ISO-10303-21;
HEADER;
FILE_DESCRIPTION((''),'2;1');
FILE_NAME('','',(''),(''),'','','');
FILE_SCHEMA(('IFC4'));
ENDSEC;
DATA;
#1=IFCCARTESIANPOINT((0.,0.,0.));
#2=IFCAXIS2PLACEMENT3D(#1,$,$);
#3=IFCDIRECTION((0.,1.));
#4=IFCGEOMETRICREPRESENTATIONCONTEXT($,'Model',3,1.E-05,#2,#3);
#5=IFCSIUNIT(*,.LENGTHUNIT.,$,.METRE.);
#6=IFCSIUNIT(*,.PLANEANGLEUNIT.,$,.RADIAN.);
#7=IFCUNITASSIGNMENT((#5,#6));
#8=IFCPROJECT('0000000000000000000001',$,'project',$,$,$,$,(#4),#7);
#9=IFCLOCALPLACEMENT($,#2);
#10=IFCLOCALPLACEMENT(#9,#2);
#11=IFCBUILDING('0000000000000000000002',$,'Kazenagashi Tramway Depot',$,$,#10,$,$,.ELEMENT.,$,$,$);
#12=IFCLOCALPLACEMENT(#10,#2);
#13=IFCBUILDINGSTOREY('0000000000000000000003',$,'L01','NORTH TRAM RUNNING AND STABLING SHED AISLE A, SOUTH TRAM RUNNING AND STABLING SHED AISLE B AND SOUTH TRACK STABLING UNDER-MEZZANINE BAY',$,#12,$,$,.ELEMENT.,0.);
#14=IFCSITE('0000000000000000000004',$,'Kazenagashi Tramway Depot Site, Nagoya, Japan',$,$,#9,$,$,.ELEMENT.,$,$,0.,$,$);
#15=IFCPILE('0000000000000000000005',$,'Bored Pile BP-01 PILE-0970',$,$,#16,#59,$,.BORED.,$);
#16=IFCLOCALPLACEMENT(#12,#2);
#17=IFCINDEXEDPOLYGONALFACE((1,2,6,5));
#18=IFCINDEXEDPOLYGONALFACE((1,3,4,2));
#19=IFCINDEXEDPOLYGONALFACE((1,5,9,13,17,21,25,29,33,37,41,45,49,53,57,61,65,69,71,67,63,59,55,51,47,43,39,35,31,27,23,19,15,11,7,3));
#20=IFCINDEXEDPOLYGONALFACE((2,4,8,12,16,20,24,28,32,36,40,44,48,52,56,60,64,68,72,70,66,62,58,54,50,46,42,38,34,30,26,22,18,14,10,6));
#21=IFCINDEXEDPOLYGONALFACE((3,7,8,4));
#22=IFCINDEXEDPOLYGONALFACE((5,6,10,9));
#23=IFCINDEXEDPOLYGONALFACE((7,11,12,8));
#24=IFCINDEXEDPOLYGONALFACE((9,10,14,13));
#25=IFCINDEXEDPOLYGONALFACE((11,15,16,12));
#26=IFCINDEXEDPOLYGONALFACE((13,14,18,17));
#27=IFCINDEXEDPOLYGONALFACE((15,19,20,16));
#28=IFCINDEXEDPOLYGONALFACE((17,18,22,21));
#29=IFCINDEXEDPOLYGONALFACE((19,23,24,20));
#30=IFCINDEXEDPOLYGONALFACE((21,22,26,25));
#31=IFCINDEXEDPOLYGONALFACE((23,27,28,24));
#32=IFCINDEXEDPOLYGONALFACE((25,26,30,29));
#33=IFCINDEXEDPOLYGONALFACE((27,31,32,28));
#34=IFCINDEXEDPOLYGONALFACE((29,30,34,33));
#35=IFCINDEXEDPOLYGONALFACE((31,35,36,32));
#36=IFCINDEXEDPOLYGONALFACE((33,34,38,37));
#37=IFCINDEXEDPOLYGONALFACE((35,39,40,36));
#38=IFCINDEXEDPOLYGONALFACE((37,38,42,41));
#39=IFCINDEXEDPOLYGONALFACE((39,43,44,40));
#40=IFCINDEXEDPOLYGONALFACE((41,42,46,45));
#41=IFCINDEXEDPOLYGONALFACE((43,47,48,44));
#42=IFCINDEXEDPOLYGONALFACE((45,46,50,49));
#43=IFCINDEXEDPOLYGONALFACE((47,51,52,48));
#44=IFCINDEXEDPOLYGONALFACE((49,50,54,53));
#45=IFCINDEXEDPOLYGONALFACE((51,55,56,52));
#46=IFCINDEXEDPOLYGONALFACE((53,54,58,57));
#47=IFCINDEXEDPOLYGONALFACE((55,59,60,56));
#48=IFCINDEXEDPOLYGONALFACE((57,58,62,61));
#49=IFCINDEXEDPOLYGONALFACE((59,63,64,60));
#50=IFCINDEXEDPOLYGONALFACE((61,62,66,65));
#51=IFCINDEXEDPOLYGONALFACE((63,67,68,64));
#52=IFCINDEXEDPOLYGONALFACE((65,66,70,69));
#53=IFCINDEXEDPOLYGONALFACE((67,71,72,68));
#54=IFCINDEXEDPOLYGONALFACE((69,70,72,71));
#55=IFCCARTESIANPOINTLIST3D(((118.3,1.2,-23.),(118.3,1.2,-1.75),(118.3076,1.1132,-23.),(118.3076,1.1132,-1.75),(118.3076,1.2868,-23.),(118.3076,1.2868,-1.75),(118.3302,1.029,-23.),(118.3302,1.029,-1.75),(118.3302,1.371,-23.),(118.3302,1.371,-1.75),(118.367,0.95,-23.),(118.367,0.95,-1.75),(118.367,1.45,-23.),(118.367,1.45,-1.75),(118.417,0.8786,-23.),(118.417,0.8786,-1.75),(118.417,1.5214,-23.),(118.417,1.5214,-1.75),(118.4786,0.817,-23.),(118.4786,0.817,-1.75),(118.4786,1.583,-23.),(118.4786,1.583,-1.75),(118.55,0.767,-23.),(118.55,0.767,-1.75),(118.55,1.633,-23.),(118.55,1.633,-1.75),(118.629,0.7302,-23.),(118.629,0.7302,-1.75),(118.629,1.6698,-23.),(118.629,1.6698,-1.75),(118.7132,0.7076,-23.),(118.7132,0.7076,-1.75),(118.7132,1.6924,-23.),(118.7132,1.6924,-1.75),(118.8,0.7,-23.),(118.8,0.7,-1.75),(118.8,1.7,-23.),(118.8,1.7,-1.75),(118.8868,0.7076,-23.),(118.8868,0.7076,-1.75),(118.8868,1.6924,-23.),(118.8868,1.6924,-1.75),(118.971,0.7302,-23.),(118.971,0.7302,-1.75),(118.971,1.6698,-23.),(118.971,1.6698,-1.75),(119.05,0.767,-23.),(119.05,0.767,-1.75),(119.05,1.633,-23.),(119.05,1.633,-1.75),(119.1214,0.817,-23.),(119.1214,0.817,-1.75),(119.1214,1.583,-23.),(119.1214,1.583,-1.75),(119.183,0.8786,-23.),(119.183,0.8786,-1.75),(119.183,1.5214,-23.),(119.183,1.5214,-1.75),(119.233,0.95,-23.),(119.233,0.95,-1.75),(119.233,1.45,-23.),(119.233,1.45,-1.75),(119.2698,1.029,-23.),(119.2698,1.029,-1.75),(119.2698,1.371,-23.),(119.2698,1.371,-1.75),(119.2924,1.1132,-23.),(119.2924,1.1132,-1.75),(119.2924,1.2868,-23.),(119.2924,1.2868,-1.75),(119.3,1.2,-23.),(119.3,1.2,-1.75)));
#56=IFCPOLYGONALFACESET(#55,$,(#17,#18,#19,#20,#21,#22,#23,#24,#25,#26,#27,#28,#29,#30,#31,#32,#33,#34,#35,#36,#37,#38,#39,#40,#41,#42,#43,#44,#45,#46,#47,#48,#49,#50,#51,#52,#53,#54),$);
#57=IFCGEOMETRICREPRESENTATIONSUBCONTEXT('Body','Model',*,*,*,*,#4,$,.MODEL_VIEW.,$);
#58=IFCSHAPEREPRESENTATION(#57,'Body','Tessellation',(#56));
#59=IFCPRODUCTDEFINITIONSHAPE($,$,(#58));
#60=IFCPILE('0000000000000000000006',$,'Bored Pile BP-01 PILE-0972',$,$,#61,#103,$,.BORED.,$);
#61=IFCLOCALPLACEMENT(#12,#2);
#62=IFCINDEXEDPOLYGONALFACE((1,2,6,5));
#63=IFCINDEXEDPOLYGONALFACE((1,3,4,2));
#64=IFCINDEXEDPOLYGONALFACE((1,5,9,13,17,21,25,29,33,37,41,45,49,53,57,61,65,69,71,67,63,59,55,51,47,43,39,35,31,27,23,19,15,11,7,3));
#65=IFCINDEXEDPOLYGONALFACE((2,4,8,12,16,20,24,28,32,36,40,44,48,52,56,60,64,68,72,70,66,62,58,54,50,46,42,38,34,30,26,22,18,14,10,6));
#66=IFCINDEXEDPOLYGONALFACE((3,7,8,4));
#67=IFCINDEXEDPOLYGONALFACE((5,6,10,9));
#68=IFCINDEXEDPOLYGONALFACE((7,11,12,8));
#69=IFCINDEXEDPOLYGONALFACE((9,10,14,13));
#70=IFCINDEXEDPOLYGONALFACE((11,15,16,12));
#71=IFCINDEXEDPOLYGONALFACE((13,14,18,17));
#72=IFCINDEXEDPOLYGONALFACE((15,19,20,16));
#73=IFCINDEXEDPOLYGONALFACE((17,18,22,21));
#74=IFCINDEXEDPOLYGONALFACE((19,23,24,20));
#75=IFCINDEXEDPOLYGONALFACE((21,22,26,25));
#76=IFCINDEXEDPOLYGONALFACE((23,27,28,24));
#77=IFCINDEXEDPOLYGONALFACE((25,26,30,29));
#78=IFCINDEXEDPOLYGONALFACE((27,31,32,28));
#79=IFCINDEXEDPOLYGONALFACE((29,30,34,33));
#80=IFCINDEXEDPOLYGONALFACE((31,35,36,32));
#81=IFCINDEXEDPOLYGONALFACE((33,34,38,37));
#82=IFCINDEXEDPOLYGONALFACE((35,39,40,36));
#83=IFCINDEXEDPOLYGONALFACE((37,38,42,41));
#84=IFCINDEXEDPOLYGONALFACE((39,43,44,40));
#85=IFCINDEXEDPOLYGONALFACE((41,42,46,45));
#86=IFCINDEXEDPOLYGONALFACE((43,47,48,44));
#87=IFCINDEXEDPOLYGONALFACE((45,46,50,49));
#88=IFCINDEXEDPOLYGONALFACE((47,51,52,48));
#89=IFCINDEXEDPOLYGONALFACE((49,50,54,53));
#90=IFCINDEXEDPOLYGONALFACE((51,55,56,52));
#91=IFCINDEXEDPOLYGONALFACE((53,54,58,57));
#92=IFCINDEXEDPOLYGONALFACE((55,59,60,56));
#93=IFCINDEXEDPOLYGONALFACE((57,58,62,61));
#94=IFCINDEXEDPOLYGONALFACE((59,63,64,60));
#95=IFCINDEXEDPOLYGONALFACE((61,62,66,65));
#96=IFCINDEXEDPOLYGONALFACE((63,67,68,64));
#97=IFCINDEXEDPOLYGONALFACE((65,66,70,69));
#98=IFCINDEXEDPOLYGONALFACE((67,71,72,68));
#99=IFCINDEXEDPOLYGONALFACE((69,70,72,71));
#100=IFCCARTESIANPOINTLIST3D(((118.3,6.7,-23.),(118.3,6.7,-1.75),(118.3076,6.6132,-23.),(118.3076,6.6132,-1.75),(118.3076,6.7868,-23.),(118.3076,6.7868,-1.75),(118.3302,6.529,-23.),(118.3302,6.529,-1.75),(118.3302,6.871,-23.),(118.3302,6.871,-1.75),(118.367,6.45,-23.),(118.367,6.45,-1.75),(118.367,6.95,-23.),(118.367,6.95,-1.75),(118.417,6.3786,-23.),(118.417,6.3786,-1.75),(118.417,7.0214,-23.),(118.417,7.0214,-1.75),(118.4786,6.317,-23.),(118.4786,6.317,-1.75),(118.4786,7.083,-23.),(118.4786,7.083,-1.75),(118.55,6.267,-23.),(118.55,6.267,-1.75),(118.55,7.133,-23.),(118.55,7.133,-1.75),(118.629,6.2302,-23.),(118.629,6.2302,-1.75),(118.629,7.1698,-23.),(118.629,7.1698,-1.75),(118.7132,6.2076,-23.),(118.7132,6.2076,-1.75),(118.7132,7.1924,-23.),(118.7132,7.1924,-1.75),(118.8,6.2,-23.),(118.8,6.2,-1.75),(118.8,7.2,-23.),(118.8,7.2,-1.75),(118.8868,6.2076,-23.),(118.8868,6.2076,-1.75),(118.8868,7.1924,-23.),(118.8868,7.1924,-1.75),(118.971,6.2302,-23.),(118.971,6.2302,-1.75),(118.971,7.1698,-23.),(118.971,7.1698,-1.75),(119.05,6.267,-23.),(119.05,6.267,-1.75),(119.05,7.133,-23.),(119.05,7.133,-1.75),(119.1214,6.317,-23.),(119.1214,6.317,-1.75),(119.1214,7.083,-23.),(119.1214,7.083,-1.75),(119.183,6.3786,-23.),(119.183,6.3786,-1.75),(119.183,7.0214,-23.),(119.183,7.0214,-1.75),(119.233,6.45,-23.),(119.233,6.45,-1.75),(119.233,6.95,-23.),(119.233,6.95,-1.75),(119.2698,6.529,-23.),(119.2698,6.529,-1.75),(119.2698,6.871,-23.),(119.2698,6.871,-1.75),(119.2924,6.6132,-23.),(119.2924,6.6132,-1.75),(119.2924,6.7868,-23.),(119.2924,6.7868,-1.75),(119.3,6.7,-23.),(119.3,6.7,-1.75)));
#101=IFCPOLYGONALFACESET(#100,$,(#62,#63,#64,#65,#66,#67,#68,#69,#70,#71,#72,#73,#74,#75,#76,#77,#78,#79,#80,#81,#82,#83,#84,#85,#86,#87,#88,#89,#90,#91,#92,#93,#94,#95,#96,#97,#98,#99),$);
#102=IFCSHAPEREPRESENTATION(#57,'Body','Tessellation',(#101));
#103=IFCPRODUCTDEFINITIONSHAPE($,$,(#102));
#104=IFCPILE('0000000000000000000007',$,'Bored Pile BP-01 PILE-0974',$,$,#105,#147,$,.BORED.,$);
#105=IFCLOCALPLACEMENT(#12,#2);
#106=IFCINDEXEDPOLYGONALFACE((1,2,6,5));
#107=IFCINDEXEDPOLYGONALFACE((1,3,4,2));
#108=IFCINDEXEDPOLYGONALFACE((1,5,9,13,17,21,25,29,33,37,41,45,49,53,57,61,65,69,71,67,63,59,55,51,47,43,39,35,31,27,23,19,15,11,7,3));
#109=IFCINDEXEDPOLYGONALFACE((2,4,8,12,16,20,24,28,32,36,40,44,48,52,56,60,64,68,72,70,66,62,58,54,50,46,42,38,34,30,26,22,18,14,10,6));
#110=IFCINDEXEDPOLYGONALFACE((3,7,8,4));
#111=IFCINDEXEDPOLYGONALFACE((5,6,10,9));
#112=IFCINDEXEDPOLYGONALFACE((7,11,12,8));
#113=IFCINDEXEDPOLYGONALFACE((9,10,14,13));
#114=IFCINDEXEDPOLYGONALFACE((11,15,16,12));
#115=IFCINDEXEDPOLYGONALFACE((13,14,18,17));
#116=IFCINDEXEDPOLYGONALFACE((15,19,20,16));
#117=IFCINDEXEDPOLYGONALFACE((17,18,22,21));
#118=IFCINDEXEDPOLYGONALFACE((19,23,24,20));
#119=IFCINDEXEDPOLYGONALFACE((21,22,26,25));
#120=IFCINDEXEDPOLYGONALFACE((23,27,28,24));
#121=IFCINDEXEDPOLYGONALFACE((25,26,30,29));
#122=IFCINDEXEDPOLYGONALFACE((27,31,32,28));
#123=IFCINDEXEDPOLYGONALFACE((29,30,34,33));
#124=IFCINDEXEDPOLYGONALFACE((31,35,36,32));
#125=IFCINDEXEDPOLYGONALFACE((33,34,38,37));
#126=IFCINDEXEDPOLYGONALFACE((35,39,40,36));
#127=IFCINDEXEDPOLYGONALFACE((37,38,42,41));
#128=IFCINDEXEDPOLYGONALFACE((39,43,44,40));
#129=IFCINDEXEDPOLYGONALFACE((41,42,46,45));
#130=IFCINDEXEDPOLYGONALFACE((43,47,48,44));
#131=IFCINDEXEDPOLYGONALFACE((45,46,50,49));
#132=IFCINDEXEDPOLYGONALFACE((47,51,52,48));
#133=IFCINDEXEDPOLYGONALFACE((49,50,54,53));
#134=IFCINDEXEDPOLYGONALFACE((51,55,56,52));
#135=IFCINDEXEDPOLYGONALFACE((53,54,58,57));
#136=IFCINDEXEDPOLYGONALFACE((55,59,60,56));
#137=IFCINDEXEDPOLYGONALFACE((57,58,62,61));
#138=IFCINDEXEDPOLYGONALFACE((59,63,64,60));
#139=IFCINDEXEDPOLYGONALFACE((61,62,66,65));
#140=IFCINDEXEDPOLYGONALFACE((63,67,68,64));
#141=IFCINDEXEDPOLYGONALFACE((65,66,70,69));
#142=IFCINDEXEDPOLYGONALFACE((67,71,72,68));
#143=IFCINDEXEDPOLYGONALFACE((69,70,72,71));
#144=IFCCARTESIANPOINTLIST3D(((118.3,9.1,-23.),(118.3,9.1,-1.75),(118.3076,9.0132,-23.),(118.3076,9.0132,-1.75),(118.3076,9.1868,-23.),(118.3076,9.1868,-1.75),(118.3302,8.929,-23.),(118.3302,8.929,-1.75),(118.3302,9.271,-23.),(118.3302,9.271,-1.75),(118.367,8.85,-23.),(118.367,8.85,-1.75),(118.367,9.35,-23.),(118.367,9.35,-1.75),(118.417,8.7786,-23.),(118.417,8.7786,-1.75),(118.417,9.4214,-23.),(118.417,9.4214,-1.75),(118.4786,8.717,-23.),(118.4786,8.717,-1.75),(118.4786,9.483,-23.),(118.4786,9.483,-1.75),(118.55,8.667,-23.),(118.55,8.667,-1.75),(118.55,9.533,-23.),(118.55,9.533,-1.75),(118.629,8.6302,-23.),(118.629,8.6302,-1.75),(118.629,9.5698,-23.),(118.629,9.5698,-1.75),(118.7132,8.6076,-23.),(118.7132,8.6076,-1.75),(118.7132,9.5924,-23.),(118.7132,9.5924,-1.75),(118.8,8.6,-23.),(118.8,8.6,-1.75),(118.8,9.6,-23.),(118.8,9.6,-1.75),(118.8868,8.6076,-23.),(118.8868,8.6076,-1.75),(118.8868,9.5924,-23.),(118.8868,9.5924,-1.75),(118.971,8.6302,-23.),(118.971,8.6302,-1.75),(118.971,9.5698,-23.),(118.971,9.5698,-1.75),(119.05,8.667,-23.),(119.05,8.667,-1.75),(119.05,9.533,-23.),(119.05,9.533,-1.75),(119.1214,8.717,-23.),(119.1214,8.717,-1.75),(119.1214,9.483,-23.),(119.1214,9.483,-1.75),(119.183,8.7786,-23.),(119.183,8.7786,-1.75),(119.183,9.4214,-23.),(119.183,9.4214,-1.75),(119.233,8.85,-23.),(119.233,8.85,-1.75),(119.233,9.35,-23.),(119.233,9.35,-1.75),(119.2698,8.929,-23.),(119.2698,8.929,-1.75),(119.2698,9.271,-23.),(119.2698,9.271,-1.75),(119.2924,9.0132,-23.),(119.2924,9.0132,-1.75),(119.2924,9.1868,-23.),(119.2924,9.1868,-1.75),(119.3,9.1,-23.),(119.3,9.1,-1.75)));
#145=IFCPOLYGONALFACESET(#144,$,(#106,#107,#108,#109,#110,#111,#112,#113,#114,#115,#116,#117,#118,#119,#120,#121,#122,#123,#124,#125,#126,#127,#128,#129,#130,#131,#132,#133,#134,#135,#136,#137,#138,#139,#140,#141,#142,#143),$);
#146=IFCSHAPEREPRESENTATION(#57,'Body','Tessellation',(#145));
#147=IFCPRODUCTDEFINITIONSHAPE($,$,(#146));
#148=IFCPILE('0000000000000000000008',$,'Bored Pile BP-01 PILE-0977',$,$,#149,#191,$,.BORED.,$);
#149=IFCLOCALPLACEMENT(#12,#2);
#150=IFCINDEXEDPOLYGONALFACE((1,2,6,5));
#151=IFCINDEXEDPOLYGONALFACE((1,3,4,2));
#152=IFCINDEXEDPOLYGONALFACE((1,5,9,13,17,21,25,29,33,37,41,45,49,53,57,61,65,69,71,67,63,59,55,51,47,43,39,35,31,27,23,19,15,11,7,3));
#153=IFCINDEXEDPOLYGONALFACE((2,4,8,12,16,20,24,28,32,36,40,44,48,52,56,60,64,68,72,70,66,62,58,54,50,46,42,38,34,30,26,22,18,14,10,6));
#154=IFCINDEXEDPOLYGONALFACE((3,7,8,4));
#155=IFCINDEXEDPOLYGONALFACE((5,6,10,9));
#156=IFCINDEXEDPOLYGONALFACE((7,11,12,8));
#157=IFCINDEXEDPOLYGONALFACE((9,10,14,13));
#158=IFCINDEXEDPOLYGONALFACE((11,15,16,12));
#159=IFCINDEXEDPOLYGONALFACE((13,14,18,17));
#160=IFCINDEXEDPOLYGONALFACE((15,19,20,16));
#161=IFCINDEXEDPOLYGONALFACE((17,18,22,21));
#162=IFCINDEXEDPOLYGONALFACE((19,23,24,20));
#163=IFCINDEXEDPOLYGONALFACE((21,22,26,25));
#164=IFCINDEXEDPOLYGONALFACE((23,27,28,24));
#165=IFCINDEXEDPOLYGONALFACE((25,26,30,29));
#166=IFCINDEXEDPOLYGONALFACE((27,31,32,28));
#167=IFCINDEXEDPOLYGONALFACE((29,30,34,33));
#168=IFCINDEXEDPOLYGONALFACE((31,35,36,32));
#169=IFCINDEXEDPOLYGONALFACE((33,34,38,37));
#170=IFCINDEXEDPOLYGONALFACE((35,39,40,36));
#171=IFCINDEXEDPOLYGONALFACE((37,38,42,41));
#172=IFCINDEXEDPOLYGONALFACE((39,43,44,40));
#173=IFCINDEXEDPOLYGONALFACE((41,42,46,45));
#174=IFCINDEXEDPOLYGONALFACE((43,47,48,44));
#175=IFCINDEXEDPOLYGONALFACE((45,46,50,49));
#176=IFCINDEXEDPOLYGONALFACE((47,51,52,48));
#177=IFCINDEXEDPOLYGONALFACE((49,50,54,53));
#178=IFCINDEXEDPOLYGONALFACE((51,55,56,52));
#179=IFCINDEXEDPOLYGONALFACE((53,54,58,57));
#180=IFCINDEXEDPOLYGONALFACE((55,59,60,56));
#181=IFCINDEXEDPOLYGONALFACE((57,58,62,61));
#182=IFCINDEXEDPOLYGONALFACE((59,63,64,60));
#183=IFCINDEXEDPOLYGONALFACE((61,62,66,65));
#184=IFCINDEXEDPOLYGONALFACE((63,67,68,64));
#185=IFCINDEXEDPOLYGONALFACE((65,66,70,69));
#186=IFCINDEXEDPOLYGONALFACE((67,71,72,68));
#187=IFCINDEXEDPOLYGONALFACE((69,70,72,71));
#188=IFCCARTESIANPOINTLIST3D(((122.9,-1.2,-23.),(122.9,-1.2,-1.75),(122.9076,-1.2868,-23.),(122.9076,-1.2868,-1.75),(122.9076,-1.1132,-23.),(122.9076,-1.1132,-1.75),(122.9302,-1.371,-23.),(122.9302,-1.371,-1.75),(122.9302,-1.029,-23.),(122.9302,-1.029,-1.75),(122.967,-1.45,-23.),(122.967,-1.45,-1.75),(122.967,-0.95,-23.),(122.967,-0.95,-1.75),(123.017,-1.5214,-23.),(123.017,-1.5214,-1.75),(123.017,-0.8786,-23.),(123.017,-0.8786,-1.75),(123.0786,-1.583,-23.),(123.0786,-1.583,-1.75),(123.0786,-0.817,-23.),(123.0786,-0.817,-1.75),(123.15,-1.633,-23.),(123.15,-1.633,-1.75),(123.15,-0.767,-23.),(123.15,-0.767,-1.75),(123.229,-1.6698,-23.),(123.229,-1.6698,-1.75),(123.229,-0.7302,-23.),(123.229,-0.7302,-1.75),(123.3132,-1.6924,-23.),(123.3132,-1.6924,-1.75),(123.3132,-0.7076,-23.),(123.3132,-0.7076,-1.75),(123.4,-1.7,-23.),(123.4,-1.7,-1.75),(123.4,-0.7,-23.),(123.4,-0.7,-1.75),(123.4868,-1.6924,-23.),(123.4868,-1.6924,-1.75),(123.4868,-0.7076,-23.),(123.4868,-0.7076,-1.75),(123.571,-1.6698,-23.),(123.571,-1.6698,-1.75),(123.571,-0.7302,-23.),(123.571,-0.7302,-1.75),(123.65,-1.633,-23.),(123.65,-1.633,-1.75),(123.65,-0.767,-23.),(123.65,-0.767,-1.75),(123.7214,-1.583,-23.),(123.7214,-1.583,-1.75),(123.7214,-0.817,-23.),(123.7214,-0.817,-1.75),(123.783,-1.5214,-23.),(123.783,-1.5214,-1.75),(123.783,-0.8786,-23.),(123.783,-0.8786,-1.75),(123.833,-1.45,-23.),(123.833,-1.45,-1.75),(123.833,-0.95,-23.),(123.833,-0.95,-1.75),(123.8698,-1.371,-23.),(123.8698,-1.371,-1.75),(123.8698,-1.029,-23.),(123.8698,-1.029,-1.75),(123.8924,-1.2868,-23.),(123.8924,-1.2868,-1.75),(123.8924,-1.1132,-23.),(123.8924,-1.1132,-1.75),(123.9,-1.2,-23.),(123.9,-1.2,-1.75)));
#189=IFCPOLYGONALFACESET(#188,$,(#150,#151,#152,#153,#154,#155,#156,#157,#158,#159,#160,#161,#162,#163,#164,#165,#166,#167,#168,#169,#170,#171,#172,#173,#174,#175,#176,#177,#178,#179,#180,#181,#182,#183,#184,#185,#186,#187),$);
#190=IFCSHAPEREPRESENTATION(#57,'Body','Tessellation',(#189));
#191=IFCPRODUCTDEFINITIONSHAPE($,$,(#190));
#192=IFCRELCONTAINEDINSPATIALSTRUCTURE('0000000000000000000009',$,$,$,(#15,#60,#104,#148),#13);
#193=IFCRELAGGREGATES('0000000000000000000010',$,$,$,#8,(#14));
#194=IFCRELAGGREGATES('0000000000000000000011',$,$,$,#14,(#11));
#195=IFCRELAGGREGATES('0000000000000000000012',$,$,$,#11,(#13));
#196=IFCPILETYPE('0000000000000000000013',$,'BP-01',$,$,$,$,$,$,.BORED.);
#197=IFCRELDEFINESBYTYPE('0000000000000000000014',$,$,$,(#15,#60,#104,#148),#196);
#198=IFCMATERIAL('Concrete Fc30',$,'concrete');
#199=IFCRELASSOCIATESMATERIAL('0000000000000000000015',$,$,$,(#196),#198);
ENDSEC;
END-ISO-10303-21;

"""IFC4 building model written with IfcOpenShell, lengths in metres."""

from ifc_helpers import new_model, si_unit, direction, frame, origin, origin_2d, place, context, subcontext, project, spatial, circle, extrude, material, material_profile, profile_set, type_object, element, save


model = new_model("IFC4")

# Units and contexts
model_context = context("Model", 3, precision=1e-05, world=origin(), true_north=direction((0.0, 1.0)))
body_context = subcontext(model_context, "Body", "Model", "MODEL_VIEW")
ifc_project = project(units=[si_unit("LENGTHUNIT", "METRE"), si_unit("PLANEANGLEUNIT", "RADIAN")], contexts=[model_context])

# Site, building, storey
site_placement = place(None, origin())
site = spatial("IfcSite", under=ifc_project, at=site_placement, Name="Kazenagashi Tramway Depot Site, Nagoya, Japan", CompositionType="ELEMENT", RefElevation=0.0)
building_placement = place(site_placement, origin())
building = spatial("IfcBuilding", under=site, at=building_placement, Name="Kazenagashi Tramway Depot", CompositionType="ELEMENT")
storey_placement = place(building_placement, origin())
storey = spatial("IfcBuildingStorey", under=building, at=storey_placement, Name="L01", Description="NORTH TRAM RUNNING AND STABLING SHED AISLE A, SOUTH TRAM RUNNING AND STABLING SHED AISLE B AND SOUTH TRACK STABLING UNDER-MEZZANINE BAY", CompositionType="ELEMENT", Elevation=0.0)

# Piles
ifc_material_1 = material(Name="Concrete Fc30", Category="concrete")
ifc_material_profile_1 = material_profile(ifc_material_1, circle(Radius=0.5, at=origin_2d()), Name="PILE-1000")
ifc_profile_set_1 = profile_set([ifc_material_profile_1], Name="Concrete Fc30")
pile_type = type_object("IfcPileType", Name="BP-01", PredefinedType="BORED", material=ifc_profile_set_1)
for number, where, z_axis, x_axis, name in (
    (1, (118.8, 1.2, -1.75), (0.0, 0.0, -1.0), (1.0, 0.0, 0.0), "Bored Pile BP-01 PILE-0970"),
    (2, (118.8, 6.7, -1.75), (0.0, 0.0, -1.0), (1.0, 0.0, 0.0), "Bored Pile BP-01 PILE-0972"),
    (3, (118.8, 9.1, -1.75), (0.0, 0.0, -1.0), (1.0, 0.0, 0.0), "Bored Pile BP-01 PILE-0974"),
    (4, (123.4, -1.2, -1.75), (0.0, 0.0, -1.0), (1.0, 0.0, 0.0), "Bored Pile BP-01 PILE-0977"),
):
    element("IfcPile", number, at=place(storey_placement, frame(where, z_axis=z_axis, x_axis=x_axis)), inside=storey, type_object=pile_type, Name=name, PredefinedType="BORED", context=body_context, shape_type="SweptSolid", body=[
        extrude(circle(Radius=0.5, at=origin_2d()), origin(), (0.0, 0.0, 1.0), 21.25),
    ])

save(model, "model.ifc")
